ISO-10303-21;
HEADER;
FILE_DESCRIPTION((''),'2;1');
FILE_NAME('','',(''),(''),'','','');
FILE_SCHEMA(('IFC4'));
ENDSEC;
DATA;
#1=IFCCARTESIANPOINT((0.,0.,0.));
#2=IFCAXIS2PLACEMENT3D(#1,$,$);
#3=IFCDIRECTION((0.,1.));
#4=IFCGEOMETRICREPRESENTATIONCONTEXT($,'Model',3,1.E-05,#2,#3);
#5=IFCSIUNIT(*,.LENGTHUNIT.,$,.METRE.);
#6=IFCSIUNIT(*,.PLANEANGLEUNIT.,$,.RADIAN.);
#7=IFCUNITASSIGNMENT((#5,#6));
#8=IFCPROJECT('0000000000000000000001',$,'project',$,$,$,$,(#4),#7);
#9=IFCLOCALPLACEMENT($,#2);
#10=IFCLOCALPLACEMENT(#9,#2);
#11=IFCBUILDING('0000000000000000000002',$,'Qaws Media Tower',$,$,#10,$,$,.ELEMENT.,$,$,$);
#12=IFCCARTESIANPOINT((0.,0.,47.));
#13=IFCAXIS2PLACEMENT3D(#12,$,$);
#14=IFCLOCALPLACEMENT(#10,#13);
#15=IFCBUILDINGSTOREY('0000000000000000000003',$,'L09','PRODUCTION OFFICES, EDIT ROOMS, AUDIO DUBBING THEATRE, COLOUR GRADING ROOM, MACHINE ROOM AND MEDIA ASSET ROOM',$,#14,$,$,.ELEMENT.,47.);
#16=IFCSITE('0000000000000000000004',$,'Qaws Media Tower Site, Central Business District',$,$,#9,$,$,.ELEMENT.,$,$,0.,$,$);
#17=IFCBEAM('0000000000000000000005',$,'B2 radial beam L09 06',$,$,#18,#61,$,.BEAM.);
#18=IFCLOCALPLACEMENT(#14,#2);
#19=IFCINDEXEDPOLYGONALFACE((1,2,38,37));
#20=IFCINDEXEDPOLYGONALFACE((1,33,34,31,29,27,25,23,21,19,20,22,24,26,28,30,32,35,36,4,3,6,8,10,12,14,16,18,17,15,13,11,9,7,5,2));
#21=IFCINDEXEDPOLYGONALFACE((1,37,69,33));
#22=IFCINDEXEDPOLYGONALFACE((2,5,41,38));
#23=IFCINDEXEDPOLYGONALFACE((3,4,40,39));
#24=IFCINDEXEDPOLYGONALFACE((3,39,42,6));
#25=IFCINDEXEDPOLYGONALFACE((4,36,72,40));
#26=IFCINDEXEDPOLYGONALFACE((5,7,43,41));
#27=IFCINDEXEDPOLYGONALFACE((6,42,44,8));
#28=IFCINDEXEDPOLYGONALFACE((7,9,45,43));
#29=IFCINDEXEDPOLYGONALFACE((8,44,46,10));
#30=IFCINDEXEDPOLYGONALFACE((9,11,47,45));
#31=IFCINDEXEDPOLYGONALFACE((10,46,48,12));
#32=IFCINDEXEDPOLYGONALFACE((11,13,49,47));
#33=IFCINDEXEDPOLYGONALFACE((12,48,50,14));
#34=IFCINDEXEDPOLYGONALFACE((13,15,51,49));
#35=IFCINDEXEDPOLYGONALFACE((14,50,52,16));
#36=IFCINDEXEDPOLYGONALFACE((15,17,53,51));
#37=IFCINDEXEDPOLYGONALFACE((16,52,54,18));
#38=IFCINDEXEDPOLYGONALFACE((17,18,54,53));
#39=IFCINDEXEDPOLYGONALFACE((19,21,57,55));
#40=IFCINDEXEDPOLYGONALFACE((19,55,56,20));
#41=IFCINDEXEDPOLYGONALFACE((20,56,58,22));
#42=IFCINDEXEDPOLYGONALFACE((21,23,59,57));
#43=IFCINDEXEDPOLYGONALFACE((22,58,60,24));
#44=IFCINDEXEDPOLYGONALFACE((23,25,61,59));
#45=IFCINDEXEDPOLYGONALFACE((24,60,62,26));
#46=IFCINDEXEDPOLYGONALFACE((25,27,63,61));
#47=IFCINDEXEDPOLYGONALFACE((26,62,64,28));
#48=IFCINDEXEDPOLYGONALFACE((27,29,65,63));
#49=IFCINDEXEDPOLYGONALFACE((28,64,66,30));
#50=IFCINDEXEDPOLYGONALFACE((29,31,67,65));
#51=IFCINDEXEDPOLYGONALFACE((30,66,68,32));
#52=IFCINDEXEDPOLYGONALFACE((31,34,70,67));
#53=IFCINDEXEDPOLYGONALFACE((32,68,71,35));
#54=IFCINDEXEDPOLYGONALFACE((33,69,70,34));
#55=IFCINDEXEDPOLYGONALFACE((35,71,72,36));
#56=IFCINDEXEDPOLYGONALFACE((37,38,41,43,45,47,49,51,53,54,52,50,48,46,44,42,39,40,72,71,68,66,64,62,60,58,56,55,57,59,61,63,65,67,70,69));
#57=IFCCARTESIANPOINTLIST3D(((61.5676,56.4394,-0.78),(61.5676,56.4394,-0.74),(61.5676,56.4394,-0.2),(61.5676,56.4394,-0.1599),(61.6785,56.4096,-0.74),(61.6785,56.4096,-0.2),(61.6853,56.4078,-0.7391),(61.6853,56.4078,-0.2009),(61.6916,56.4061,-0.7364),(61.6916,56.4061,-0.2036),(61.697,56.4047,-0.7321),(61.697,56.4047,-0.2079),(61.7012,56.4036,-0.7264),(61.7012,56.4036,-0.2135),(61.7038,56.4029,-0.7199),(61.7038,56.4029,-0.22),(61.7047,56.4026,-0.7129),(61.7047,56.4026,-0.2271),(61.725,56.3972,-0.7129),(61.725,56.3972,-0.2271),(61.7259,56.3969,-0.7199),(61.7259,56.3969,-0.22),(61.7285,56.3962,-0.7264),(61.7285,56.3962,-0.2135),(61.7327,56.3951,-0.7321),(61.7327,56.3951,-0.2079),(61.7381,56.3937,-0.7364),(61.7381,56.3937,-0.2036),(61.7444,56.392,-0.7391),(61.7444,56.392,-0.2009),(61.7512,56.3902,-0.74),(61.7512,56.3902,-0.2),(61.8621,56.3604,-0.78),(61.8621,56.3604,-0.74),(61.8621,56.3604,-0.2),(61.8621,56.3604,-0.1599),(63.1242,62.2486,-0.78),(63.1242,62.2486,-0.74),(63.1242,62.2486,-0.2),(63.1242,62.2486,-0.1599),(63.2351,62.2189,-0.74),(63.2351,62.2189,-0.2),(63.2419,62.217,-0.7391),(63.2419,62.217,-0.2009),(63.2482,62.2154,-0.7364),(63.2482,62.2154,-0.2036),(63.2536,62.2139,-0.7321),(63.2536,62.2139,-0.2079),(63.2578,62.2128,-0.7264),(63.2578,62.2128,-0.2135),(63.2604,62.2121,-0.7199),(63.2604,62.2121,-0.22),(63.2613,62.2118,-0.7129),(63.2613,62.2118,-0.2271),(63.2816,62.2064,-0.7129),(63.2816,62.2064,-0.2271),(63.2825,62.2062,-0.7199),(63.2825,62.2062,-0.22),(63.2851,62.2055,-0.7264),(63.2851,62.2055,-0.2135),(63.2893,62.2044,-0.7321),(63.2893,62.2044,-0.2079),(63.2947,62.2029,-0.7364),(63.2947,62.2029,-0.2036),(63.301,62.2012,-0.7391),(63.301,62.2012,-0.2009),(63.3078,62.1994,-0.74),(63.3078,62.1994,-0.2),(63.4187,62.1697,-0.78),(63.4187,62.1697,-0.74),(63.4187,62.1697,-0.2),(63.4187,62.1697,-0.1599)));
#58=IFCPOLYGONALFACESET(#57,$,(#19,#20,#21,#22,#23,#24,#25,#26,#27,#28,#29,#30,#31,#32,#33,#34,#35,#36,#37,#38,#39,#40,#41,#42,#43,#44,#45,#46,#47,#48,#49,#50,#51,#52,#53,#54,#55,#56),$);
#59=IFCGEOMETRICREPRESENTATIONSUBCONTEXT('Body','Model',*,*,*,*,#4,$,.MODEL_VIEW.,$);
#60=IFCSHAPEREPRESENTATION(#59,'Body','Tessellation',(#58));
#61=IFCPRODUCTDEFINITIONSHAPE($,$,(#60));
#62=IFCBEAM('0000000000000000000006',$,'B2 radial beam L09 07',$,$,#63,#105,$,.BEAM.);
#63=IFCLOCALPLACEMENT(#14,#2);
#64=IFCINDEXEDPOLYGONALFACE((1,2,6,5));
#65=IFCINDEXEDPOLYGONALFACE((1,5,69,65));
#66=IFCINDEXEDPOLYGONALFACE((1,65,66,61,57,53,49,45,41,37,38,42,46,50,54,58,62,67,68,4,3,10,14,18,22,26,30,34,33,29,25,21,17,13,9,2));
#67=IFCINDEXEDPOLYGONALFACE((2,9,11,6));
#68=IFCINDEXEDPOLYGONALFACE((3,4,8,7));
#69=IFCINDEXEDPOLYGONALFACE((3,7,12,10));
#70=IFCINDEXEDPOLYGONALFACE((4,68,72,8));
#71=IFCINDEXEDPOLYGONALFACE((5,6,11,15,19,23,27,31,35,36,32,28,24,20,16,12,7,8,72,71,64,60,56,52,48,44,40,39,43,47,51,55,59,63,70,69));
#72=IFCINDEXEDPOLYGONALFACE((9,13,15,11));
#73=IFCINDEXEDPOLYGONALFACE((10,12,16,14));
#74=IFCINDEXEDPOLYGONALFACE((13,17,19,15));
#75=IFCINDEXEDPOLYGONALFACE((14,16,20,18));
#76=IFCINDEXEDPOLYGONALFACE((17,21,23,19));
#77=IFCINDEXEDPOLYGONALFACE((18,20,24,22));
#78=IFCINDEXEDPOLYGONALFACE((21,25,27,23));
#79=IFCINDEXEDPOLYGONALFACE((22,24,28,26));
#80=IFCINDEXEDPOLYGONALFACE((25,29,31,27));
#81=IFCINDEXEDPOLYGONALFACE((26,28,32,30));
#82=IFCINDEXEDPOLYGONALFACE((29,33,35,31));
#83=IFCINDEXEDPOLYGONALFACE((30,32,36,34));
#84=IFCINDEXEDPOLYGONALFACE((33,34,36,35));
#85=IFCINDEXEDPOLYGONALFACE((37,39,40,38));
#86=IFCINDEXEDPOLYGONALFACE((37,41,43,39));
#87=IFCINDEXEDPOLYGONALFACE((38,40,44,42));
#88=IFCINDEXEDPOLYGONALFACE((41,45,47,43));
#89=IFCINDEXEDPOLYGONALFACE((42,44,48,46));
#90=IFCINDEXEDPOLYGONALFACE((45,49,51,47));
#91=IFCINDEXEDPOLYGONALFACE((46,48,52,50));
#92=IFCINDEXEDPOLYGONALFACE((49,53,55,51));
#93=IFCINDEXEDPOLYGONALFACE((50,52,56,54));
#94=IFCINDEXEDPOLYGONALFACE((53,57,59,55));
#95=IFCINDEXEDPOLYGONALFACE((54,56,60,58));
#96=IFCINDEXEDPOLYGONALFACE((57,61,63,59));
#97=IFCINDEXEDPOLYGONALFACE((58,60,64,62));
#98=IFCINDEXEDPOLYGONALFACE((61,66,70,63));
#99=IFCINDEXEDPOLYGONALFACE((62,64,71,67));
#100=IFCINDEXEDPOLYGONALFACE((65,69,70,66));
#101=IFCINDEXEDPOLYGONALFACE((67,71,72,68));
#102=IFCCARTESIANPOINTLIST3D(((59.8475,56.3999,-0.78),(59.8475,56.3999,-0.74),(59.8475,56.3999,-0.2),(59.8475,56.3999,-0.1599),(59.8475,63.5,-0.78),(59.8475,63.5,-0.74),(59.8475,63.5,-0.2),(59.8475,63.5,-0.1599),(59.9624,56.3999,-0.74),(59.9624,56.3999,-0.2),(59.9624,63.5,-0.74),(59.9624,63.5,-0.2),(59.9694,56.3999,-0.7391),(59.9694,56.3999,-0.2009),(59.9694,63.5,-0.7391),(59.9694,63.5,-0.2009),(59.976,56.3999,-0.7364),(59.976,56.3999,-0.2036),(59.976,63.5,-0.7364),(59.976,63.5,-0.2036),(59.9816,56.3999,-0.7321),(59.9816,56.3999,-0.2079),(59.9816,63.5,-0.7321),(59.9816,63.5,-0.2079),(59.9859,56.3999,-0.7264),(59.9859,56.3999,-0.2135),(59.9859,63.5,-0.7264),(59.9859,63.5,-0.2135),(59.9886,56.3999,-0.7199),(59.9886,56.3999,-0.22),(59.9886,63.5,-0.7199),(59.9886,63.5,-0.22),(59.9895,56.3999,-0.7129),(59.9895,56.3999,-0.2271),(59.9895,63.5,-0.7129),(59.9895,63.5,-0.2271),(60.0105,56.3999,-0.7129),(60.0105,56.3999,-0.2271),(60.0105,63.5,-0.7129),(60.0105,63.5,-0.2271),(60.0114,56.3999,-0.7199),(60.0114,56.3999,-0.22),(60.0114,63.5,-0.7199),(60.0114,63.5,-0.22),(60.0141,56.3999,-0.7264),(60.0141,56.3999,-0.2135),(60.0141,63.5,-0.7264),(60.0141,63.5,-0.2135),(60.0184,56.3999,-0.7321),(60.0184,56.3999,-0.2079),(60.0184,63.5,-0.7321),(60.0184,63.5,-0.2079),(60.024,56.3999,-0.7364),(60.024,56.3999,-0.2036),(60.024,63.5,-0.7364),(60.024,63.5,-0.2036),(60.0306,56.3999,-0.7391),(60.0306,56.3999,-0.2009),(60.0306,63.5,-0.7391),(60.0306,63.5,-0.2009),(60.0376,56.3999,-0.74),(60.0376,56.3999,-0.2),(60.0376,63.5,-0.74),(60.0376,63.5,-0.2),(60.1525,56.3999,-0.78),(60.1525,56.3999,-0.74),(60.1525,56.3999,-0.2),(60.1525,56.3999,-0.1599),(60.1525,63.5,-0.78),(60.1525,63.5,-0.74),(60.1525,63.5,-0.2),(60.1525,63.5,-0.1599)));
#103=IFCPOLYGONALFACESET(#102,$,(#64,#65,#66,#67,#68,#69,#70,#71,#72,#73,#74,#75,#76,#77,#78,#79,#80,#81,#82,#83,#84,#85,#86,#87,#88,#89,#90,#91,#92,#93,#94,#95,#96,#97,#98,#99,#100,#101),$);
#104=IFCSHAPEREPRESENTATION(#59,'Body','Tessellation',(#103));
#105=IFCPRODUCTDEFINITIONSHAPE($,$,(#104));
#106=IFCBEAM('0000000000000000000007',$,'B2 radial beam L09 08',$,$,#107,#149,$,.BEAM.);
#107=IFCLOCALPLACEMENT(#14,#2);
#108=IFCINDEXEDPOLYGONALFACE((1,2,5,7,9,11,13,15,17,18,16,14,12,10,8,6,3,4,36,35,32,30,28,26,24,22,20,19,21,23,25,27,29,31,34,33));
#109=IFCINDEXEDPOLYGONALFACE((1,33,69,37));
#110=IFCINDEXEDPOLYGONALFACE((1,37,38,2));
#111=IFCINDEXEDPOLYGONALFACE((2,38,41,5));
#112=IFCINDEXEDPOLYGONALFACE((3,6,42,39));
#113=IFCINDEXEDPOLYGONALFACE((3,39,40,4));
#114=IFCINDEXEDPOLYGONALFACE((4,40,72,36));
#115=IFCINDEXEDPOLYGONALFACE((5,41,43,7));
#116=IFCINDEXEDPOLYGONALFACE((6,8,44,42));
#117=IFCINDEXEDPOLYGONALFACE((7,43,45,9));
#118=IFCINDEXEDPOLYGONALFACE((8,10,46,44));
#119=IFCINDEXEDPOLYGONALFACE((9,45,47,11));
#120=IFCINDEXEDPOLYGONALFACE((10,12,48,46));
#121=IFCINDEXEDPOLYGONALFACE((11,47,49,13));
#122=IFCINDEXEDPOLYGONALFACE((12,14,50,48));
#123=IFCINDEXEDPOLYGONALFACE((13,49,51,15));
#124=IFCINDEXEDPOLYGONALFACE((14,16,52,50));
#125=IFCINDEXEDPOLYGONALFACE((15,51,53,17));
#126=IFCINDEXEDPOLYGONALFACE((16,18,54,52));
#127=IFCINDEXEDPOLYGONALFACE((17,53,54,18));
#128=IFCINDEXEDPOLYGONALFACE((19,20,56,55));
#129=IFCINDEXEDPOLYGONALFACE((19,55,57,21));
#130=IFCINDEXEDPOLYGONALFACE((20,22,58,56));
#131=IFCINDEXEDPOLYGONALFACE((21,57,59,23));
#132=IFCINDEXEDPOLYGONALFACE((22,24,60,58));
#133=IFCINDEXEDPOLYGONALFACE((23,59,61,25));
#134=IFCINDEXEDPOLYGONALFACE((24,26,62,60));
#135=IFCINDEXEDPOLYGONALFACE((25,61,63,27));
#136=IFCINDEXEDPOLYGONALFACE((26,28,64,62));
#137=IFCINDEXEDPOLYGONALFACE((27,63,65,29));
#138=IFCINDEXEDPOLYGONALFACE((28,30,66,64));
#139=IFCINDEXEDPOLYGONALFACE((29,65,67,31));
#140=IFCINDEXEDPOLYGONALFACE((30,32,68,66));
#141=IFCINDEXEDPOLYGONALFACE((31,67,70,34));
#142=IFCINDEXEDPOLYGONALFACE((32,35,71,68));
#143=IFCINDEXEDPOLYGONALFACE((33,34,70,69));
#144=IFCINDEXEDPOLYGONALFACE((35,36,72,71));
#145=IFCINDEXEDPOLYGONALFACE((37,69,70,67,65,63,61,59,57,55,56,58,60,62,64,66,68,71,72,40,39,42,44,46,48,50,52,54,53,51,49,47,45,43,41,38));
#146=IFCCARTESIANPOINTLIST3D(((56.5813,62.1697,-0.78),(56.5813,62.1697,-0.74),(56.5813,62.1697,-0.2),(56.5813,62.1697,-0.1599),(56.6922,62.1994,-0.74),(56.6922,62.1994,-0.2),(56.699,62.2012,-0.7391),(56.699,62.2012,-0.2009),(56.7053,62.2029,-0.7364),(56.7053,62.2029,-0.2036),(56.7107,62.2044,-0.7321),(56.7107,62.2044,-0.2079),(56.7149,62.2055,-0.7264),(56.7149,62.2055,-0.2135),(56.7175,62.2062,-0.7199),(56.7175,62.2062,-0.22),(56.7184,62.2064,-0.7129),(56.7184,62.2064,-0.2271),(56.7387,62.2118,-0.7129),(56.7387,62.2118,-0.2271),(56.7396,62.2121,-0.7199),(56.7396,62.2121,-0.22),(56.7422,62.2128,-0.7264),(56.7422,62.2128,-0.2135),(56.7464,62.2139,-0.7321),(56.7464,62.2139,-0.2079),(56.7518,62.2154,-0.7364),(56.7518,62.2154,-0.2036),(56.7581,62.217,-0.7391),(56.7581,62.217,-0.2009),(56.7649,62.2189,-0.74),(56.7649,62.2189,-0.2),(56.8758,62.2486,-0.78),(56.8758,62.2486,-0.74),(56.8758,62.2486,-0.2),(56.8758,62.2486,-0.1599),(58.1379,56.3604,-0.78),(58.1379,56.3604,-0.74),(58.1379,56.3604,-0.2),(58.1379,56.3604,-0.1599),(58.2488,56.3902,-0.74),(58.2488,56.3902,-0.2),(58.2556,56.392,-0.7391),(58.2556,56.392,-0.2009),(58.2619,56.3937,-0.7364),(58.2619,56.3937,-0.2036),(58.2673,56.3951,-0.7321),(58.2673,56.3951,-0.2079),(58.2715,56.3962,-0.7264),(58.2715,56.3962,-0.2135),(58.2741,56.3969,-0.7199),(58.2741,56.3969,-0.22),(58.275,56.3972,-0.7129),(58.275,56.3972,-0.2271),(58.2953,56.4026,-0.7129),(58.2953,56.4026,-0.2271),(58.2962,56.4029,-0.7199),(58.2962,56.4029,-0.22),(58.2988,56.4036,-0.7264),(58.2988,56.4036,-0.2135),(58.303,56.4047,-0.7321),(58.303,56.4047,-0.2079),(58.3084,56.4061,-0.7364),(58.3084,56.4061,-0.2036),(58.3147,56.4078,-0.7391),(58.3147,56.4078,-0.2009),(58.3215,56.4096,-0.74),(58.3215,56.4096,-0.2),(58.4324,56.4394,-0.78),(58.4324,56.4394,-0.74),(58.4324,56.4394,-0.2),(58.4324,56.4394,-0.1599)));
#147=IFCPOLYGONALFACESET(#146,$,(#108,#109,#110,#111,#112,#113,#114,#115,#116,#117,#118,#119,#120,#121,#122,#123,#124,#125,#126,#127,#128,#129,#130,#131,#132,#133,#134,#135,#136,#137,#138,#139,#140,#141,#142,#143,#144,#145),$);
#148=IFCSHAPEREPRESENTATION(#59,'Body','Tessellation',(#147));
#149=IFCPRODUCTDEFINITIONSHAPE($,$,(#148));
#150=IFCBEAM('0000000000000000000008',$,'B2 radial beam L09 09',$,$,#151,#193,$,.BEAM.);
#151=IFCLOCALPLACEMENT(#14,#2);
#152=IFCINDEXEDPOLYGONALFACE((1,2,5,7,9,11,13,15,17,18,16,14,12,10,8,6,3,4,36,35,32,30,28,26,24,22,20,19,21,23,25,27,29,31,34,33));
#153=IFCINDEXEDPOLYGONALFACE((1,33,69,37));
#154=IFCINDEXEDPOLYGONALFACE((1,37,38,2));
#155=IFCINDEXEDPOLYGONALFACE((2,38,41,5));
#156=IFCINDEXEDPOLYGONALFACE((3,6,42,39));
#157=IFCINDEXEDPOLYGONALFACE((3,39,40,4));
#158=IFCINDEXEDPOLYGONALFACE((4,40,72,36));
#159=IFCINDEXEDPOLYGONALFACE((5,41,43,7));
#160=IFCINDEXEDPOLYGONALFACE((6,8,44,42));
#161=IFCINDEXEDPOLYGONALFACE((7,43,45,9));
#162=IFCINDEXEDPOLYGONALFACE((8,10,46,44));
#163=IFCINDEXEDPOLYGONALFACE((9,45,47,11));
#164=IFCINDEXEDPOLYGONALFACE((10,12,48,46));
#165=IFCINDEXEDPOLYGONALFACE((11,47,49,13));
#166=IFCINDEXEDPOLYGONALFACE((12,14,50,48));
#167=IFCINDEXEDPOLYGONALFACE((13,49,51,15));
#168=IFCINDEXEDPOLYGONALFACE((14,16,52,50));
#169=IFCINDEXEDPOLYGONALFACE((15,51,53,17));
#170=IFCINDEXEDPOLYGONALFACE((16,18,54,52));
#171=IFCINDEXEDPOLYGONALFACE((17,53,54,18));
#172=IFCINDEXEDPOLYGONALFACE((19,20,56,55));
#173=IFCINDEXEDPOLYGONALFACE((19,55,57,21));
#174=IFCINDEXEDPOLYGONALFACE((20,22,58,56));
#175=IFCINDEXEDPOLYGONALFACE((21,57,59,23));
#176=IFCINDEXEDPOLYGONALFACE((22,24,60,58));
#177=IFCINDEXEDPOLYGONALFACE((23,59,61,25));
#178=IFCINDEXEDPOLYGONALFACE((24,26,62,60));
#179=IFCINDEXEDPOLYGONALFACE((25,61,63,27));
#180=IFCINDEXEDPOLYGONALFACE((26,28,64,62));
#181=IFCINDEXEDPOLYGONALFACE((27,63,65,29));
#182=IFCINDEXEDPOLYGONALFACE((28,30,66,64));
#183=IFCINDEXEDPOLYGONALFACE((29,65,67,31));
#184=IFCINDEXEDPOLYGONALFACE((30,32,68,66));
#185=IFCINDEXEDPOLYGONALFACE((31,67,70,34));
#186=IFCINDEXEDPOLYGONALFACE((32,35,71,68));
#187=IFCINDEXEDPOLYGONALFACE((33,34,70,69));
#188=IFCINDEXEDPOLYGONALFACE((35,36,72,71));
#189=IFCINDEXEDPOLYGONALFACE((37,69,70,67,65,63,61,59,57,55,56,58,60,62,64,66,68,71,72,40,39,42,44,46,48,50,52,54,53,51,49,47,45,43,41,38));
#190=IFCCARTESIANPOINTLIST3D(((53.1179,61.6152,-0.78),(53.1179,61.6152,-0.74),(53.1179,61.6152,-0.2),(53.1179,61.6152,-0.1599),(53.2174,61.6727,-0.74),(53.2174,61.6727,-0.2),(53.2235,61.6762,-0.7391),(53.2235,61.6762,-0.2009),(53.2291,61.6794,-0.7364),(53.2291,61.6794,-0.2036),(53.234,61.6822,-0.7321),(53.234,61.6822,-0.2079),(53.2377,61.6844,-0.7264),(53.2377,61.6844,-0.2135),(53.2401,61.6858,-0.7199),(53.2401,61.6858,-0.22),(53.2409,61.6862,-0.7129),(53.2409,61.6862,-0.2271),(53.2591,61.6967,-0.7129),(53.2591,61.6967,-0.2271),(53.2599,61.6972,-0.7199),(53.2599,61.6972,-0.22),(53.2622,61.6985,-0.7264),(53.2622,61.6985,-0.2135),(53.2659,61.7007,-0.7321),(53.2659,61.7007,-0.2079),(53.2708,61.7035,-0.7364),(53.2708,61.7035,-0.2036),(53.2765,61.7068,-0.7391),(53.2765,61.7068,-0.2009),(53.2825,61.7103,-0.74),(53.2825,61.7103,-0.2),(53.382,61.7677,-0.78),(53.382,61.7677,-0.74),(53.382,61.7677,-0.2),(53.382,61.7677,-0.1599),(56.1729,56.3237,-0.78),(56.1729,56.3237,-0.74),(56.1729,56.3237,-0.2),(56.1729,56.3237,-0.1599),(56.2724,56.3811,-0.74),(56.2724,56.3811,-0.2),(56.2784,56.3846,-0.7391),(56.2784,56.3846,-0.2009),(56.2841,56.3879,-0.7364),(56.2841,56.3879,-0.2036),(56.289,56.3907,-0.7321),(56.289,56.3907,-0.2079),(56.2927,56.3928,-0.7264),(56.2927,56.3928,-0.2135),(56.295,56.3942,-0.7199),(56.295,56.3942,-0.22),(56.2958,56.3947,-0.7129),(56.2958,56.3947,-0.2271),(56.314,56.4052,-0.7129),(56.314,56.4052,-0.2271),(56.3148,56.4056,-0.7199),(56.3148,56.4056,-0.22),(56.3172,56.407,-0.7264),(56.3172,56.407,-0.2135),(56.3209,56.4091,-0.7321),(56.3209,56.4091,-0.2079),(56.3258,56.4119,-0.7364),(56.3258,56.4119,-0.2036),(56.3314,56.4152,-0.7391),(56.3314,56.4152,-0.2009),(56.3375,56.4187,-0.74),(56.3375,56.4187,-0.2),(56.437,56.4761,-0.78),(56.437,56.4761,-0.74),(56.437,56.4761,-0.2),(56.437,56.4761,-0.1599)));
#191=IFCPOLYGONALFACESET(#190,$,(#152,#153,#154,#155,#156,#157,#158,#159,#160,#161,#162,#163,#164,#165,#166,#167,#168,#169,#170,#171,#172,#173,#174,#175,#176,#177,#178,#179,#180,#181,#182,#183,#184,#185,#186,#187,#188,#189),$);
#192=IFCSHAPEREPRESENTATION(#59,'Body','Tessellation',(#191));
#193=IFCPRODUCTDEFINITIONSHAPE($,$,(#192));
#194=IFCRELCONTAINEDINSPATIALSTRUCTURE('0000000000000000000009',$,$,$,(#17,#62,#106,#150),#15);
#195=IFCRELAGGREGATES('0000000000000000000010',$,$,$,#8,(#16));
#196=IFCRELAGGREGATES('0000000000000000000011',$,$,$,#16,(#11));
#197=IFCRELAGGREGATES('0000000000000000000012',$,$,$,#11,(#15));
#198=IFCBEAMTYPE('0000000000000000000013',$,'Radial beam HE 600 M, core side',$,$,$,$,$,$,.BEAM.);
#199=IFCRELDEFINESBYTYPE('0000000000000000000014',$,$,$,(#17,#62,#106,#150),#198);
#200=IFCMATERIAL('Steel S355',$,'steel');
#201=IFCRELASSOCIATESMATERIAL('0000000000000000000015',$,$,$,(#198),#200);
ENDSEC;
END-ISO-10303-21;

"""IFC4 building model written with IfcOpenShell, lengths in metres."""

from ifc_helpers import new_model, si_unit, direction, frame, origin, origin_2d, place, context, subcontext, project, spatial, i_section, extrude, material, material_profile, profile_set, type_object, element, save


model = new_model("IFC4")

# Units and contexts
model_context = context("Model", 3, precision=1e-05, world=origin(), true_north=direction((0.0, 1.0)))
body_context = subcontext(model_context, "Body", "Model", "MODEL_VIEW")
ifc_project = project(units=[si_unit("LENGTHUNIT", "METRE"), si_unit("PLANEANGLEUNIT", "RADIAN")], contexts=[model_context])

# Site, building, storey
site_placement = place(None, origin())
site = spatial("IfcSite", under=ifc_project, at=site_placement, Name="Qaws Media Tower Site, Central Business District", CompositionType="ELEMENT", RefElevation=0.0)
building_placement = place(site_placement, origin())
building = spatial("IfcBuilding", under=site, at=building_placement, Name="Qaws Media Tower", CompositionType="ELEMENT")
storey_placement = place(building_placement, frame((0.0, 0.0, 47.0)))
storey = spatial("IfcBuildingStorey", under=building, at=storey_placement, Name="L09", Description="PRODUCTION OFFICES, EDIT ROOMS, AUDIO DUBBING THEATRE, COLOUR GRADING ROOM, MACHINE ROOM AND MEDIA ASSET ROOM", CompositionType="ELEMENT", Elevation=47.0)

# Beams
ifc_material_1 = material(Name="Steel S355", Category="steel")
ifc_material_profile_1 = material_profile(ifc_material_1, i_section(OverallWidth=0.3049, OverallDepth=0.6201, WebThickness=0.021, FlangeThickness=0.04, FilletRadius=0.0271, at=origin_2d()), Name="HE 600 M")
ifc_profile_set_1 = profile_set([ifc_material_profile_1], Name="Steel S355")
beam_type_1 = type_object("IfcBeamType", Name="Radial beam HE 600 M, core side", PredefinedType="BEAM", material=ifc_profile_set_1)
beam_1_placement = place(storey_placement, frame((61.7148, 56.3999, -0.47), z_axis=(0.258825, 0.965924, 0.0), x_axis=(-0.965924, 0.258825, 0.0)))
element("IfcBeam", 1, at=beam_1_placement, inside=storey, type_object=beam_type_1, Name="B2 radial beam L09 06", PredefinedType="BEAM", context=body_context, shape_type="SweptSolid", body=[
    extrude(i_section(OverallWidth=0.3049, OverallDepth=0.6201, WebThickness=0.021, FlangeThickness=0.04, FilletRadius=0.0271, at=origin_2d()), origin(), (0.0, 0.0, 1.0), 6.0142),
])
beam_2_placement = place(storey_placement, frame((60.0, 56.3999, -0.47), z_axis=(0.0, 1.0, 0.0), x_axis=(-1.0, 0.0, 0.0)))
element("IfcBeam", 2, at=beam_2_placement, inside=storey, type_object=beam_type_1, Name="B2 radial beam L09 07", PredefinedType="BEAM", context=body_context, shape_type="SweptSolid", body=[
    extrude(i_section(OverallWidth=0.3049, OverallDepth=0.6201, WebThickness=0.021, FlangeThickness=0.04, FilletRadius=0.0271, at=origin_2d()), origin(), (0.0, 0.0, 1.0), 7.1001),
])
beam_3_placement = place(storey_placement, frame((58.2852, 56.3999, -0.47), z_axis=(-0.258825, 0.965924, 0.0), x_axis=(-0.965924, -0.258825, 0.0)))
element("IfcBeam", 3, at=beam_3_placement, inside=storey, type_object=beam_type_1, Name="B2 radial beam L09 08", PredefinedType="BEAM", context=body_context, shape_type="SweptSolid", body=[
    extrude(i_section(OverallWidth=0.3049, OverallDepth=0.6201, WebThickness=0.021, FlangeThickness=0.04, FilletRadius=0.0271, at=origin_2d()), origin(), (0.0, 0.0, 1.0), 6.0142),
])
beam_4_placement = place(storey_placement, frame((56.3049, 56.3999, -0.47), z_axis=(-0.499985, 0.866034, 0.0), x_axis=(-0.866034, -0.499985, 0.0)))
element("IfcBeam", 4, at=beam_4_placement, inside=storey, type_object=beam_type_1, Name="B2 radial beam L09 09", PredefinedType="BEAM", context=body_context, shape_type="SweptSolid", body=[
    extrude(i_section(OverallWidth=0.3049, OverallDepth=0.6201, WebThickness=0.021, FlangeThickness=0.04, FilletRadius=0.0271, at=origin_2d()), origin(), (0.0, 0.0, 1.0), 6.1101),
])

save(model, "model.ifc")
